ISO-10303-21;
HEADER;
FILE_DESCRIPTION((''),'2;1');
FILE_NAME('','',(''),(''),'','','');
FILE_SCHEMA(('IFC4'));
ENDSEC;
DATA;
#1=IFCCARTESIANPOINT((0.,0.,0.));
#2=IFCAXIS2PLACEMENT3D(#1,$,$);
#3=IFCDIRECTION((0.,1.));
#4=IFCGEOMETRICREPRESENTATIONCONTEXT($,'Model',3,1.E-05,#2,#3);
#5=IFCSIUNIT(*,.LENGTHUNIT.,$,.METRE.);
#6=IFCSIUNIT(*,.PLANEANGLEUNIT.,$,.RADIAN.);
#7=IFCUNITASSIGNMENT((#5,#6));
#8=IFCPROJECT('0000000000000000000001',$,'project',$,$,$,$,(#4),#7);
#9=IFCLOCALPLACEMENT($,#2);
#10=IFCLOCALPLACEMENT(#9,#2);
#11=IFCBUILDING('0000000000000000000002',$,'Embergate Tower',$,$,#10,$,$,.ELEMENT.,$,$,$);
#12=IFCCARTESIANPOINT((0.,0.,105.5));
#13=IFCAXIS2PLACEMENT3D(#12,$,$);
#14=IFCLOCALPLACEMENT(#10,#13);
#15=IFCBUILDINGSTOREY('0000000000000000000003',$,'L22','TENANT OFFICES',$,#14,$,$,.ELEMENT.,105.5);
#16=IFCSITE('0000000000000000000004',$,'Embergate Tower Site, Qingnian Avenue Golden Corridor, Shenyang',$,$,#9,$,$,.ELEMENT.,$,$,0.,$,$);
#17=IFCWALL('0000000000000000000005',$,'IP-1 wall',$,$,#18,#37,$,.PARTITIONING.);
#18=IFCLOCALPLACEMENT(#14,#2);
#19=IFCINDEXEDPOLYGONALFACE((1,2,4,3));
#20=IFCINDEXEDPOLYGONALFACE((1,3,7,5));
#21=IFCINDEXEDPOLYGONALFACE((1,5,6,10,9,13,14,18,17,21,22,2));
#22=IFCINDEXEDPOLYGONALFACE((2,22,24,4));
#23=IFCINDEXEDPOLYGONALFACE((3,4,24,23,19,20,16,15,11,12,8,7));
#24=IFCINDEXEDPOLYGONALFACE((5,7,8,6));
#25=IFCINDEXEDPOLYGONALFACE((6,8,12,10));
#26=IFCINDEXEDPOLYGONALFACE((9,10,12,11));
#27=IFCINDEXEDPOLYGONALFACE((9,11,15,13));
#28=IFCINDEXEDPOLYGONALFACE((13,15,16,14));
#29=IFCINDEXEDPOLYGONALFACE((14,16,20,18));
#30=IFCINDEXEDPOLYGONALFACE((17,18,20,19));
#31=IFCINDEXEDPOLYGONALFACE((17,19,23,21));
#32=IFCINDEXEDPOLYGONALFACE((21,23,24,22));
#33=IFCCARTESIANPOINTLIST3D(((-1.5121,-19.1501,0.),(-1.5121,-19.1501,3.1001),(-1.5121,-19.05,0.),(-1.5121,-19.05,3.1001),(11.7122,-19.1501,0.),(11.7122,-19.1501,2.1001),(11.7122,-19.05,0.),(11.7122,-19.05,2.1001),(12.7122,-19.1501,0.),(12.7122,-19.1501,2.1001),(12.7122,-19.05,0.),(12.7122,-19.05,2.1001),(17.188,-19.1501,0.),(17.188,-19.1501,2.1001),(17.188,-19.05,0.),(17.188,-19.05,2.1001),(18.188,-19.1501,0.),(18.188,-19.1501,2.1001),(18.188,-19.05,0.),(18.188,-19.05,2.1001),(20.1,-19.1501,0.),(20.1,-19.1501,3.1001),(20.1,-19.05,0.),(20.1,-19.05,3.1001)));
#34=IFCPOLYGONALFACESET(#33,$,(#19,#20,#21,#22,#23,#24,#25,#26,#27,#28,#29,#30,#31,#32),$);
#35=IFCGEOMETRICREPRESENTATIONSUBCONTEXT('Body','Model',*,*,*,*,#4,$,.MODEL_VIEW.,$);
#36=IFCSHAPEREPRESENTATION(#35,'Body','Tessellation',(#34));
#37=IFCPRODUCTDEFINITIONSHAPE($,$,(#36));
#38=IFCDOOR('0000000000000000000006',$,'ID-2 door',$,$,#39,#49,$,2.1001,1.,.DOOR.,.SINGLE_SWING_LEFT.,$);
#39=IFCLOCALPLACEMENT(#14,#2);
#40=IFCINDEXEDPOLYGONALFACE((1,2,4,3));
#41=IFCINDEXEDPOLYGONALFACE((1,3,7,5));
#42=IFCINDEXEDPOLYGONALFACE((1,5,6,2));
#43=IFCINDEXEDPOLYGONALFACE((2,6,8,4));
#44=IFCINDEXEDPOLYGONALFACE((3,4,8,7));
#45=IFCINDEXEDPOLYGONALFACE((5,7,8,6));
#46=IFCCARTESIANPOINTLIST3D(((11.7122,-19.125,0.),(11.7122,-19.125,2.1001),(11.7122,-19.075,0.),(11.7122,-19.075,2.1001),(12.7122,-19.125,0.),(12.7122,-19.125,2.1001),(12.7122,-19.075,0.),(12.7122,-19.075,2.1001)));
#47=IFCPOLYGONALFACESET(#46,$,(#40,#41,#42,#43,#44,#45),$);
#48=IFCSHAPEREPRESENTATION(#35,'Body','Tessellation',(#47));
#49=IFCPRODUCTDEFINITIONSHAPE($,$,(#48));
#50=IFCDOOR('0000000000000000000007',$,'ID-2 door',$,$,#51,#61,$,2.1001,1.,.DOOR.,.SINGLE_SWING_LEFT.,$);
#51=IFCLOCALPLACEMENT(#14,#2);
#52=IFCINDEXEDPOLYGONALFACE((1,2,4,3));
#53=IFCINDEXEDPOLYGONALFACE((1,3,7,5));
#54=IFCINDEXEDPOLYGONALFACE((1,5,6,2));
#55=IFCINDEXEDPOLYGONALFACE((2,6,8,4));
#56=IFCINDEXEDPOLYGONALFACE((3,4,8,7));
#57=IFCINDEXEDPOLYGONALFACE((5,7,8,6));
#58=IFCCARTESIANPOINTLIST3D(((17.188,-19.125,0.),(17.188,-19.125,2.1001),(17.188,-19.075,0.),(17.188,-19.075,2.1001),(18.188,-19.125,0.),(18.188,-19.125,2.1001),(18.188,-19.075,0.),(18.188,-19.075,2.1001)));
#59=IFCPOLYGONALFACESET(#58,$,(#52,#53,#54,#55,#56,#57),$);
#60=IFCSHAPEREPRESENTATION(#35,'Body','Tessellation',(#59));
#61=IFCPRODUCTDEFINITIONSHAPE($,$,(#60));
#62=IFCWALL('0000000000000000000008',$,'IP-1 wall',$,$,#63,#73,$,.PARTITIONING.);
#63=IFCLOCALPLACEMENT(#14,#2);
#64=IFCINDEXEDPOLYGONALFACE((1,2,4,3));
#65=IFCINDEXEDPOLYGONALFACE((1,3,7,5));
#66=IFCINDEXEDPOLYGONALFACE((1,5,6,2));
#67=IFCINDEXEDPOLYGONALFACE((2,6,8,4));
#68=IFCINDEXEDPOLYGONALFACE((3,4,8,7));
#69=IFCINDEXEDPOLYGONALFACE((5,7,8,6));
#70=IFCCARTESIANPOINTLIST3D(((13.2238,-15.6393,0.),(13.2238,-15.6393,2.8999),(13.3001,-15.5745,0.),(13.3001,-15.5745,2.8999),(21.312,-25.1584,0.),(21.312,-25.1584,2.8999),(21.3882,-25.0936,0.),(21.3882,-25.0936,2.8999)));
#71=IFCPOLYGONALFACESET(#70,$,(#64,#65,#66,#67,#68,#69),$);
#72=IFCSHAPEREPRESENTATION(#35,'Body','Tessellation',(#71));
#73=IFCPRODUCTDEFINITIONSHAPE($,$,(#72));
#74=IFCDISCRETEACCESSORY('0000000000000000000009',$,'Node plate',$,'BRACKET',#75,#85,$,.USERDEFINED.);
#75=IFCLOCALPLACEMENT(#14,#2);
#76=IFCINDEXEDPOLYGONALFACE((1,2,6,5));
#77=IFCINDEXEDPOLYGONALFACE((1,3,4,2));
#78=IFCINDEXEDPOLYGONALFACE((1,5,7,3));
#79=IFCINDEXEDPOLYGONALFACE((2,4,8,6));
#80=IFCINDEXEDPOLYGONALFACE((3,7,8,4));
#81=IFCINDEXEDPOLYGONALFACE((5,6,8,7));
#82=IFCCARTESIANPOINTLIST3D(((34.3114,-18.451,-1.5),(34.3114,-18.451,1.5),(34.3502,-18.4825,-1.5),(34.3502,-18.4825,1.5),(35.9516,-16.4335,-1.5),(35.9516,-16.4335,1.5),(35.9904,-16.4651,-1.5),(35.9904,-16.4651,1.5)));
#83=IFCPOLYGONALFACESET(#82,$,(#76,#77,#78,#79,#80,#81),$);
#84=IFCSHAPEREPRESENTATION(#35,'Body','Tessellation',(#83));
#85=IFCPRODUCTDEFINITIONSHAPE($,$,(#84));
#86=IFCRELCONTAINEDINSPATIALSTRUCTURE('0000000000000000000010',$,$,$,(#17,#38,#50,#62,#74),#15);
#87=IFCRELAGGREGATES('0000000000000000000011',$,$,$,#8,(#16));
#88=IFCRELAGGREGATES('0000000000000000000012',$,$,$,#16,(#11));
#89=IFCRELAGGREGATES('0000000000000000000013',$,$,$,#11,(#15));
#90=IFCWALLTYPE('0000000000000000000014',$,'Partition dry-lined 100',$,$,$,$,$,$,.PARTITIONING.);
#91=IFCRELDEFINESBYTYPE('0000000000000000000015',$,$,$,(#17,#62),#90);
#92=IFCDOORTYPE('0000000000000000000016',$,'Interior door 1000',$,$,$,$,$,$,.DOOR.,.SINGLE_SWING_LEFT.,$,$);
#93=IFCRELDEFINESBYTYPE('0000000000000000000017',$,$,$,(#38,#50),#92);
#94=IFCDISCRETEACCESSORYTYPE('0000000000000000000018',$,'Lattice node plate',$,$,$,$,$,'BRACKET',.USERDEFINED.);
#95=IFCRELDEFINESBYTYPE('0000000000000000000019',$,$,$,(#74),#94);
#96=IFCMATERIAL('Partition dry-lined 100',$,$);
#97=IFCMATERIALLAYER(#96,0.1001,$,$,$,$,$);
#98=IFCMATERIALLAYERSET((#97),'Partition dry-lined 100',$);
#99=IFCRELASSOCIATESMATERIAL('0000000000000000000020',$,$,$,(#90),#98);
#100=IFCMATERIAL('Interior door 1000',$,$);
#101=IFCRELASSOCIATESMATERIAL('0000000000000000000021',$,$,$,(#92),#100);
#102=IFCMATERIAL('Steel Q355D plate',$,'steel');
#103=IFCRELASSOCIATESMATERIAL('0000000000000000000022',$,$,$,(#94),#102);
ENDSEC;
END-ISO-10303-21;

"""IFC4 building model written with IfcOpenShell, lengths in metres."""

from ifc_helpers import new_model, si_unit, direction, frame, frame_2d, origin, origin_2d, place, context, subcontext, project, spatial, rectangle, extrude, source, transform, mapped, material, layer, layer_set, type_object, element, fill, save


model = new_model("IFC4")

# Units and contexts
model_context = context("Model", 3, precision=1e-05, world=origin(), true_north=direction((0.0, 1.0)))
body_context = subcontext(model_context, "Body", "Model", "MODEL_VIEW")
ifc_project = project(units=[si_unit("LENGTHUNIT", "METRE"), si_unit("PLANEANGLEUNIT", "RADIAN")], contexts=[model_context])

# Site, building, storey
site_placement = place(None, origin())
site = spatial("IfcSite", under=ifc_project, at=site_placement, Name="Embergate Tower Site, Qingnian Avenue Golden Corridor, Shenyang", CompositionType="ELEMENT", RefElevation=0.0)
building_placement = place(site_placement, origin())
building = spatial("IfcBuilding", under=site, at=building_placement, Name="Embergate Tower", CompositionType="ELEMENT")
storey_placement = place(building_placement, frame((0.0, 0.0, 105.5)))
storey = spatial("IfcBuildingStorey", under=building, at=storey_placement, Name="L22", Description="TENANT OFFICES", CompositionType="ELEMENT", Elevation=105.5)

# Wall, openings, doors
ifc_material_1 = material(Name="Partition dry-lined 100")
ifc_layer_1 = layer(ifc_material_1, 0.1001)
ifc_layer_set_1 = layer_set([ifc_layer_1], Name="Partition dry-lined 100")
wall_type = type_object("IfcWallType", Name="Partition dry-lined 100", PredefinedType="PARTITIONING", material=ifc_layer_set_1)
shared_shape_1 = source(origin(), body_context, "Body", "SweptSolid", [
    extrude(rectangle(XDim=21.6121, YDim=0.1001, at=frame_2d((10.8062, 0.0))), origin(), (0.0, 0.0, 1.0), 3.1001),
])
wall_1_placement = place(storey_placement, frame((20.1001, -19.1001, 0.0), z_axis=(0.0, 0.0, 1.0), x_axis=(-1.0, 0.0, 0.0)))
wall_1 = element("IfcWall", 1, at=wall_1_placement, inside=storey, type_object=wall_type, Name="IP-1 wall", PredefinedType="PARTITIONING", context=body_context, shape_type="MappedRepresentation", body=[
    mapped(shared_shape_1, transform((0.0, 0.0, 0.0))),
])
shared_shape_2 = source(origin(), body_context, "Body", "SweptSolid", [
    extrude(rectangle(XDim=1.0, YDim=2.1001, at=frame_2d((0.5, 1.05))), frame((0.0, 0.0601, 0.0), z_axis=(0.0, -1.0, 0.0), x_axis=(1.0, 0.0, 0.0)), (0.0, 0.0, 1.0), 0.1201),
])
opening_1_placement = place(wall_1_placement, frame((7.3879, 0.0, 0.0)))
opening_1 = element("IfcOpeningElement", 2, at=opening_1_placement, cuts=wall_1, PredefinedType="OPENING", context=body_context, shape_type="MappedRepresentation", body=[
    mapped(shared_shape_2, transform((0.0, 0.0, 0.0))),
])
opening_2_placement = place(wall_1_placement, frame((1.9121, 0.0, 0.0)))
opening_2 = element("IfcOpeningElement", 3, at=opening_2_placement, cuts=wall_1, PredefinedType="OPENING", context=body_context, shape_type="MappedRepresentation", body=[
    mapped(shared_shape_2, transform((0.0, 0.0, 0.0))),
])
ifc_material_2 = material(Name="Interior door 1000")
door_type = type_object("IfcDoorType", Name="Interior door 1000", OperationType="SINGLE_SWING_LEFT", PredefinedType="DOOR", material=ifc_material_2)
shared_shape_3 = source(origin(), body_context, "Body", "SweptSolid", [
    extrude(rectangle(XDim=1.0, YDim=2.1001, at=frame_2d((0.5, 1.05))), frame((0.0, 0.0249, 0.0), z_axis=(0.0, -1.0, 0.0), x_axis=(1.0, 0.0, 0.0)), (0.0, 0.0, 1.0), 0.05),
])
door_1_placement = place(opening_1_placement, origin())
door_1 = element("IfcDoor", 4, at=door_1_placement, inside=storey, type_object=door_type, Name="ID-2 door", OperationType="SINGLE_SWING_LEFT", OverallHeight=2.1001, OverallWidth=1.0, PredefinedType="DOOR", context=body_context, shape_type="MappedRepresentation", body=[
    mapped(shared_shape_3, transform((0.0, 0.0, 0.0))),
])
fill(opening_1, door_1)
door_2_placement = place(opening_2_placement, origin())
door_2 = element("IfcDoor", 5, at=door_2_placement, inside=storey, type_object=door_type, Name="ID-2 door", OperationType="SINGLE_SWING_LEFT", OverallHeight=2.1001, OverallWidth=1.0, PredefinedType="DOOR", context=body_context, shape_type="MappedRepresentation", body=[
    mapped(shared_shape_3, transform((0.0, 0.0, 0.0))),
])
fill(opening_2, door_2)

# Wall
shared_shape_4 = source(origin(), body_context, "Body", "SweptSolid", [
    extrude(rectangle(XDim=12.4912, YDim=0.1001, at=frame_2d((6.2456, 0.0))), origin(), (0.0, 0.0, 1.0), 2.8999),
])
wall_2_placement = place(storey_placement, frame((21.3501, -25.126, 0.0), z_axis=(0.0, 0.0, 1.0), x_axis=(-0.647507, 0.76206, 0.0)))
element("IfcWall", 6, at=wall_2_placement, inside=storey, type_object=wall_type, Name="IP-1 wall", PredefinedType="PARTITIONING", context=body_context, shape_type="MappedRepresentation", body=[
    mapped(shared_shape_4, transform((0.0, 0.0, 0.0))),
])

# Discrete accessory
ifc_material_3 = material(Name="Steel Q355D plate", Category="steel")
discrete_accessory_type = type_object("IfcDiscreteAccessoryType", Name="Lattice node plate", ElementType="BRACKET", PredefinedType="USERDEFINED", material=ifc_material_3)
shared_shape_5 = source(origin(), body_context, "Body", "SweptSolid", [
    extrude(rectangle(XDim=2.6001, YDim=0.05, at=origin_2d()), origin(), (0.0, 0.0, 1.0), 3.0),
])
discrete_accessory_placement = place(storey_placement, frame((35.1509, -17.458, -1.5), z_axis=(0.0, 0.0, 1.0), x_axis=(0.630825, 0.775925, 0.0)))
element("IfcDiscreteAccessory", 7, at=discrete_accessory_placement, inside=storey, type_object=discrete_accessory_type, Name="Node plate", ObjectType="BRACKET", PredefinedType="USERDEFINED", context=body_context, shape_type="MappedRepresentation", body=[
    mapped(shared_shape_5, transform((0.0, 0.0, 0.0))),
])

save(model, "model.ifc")
